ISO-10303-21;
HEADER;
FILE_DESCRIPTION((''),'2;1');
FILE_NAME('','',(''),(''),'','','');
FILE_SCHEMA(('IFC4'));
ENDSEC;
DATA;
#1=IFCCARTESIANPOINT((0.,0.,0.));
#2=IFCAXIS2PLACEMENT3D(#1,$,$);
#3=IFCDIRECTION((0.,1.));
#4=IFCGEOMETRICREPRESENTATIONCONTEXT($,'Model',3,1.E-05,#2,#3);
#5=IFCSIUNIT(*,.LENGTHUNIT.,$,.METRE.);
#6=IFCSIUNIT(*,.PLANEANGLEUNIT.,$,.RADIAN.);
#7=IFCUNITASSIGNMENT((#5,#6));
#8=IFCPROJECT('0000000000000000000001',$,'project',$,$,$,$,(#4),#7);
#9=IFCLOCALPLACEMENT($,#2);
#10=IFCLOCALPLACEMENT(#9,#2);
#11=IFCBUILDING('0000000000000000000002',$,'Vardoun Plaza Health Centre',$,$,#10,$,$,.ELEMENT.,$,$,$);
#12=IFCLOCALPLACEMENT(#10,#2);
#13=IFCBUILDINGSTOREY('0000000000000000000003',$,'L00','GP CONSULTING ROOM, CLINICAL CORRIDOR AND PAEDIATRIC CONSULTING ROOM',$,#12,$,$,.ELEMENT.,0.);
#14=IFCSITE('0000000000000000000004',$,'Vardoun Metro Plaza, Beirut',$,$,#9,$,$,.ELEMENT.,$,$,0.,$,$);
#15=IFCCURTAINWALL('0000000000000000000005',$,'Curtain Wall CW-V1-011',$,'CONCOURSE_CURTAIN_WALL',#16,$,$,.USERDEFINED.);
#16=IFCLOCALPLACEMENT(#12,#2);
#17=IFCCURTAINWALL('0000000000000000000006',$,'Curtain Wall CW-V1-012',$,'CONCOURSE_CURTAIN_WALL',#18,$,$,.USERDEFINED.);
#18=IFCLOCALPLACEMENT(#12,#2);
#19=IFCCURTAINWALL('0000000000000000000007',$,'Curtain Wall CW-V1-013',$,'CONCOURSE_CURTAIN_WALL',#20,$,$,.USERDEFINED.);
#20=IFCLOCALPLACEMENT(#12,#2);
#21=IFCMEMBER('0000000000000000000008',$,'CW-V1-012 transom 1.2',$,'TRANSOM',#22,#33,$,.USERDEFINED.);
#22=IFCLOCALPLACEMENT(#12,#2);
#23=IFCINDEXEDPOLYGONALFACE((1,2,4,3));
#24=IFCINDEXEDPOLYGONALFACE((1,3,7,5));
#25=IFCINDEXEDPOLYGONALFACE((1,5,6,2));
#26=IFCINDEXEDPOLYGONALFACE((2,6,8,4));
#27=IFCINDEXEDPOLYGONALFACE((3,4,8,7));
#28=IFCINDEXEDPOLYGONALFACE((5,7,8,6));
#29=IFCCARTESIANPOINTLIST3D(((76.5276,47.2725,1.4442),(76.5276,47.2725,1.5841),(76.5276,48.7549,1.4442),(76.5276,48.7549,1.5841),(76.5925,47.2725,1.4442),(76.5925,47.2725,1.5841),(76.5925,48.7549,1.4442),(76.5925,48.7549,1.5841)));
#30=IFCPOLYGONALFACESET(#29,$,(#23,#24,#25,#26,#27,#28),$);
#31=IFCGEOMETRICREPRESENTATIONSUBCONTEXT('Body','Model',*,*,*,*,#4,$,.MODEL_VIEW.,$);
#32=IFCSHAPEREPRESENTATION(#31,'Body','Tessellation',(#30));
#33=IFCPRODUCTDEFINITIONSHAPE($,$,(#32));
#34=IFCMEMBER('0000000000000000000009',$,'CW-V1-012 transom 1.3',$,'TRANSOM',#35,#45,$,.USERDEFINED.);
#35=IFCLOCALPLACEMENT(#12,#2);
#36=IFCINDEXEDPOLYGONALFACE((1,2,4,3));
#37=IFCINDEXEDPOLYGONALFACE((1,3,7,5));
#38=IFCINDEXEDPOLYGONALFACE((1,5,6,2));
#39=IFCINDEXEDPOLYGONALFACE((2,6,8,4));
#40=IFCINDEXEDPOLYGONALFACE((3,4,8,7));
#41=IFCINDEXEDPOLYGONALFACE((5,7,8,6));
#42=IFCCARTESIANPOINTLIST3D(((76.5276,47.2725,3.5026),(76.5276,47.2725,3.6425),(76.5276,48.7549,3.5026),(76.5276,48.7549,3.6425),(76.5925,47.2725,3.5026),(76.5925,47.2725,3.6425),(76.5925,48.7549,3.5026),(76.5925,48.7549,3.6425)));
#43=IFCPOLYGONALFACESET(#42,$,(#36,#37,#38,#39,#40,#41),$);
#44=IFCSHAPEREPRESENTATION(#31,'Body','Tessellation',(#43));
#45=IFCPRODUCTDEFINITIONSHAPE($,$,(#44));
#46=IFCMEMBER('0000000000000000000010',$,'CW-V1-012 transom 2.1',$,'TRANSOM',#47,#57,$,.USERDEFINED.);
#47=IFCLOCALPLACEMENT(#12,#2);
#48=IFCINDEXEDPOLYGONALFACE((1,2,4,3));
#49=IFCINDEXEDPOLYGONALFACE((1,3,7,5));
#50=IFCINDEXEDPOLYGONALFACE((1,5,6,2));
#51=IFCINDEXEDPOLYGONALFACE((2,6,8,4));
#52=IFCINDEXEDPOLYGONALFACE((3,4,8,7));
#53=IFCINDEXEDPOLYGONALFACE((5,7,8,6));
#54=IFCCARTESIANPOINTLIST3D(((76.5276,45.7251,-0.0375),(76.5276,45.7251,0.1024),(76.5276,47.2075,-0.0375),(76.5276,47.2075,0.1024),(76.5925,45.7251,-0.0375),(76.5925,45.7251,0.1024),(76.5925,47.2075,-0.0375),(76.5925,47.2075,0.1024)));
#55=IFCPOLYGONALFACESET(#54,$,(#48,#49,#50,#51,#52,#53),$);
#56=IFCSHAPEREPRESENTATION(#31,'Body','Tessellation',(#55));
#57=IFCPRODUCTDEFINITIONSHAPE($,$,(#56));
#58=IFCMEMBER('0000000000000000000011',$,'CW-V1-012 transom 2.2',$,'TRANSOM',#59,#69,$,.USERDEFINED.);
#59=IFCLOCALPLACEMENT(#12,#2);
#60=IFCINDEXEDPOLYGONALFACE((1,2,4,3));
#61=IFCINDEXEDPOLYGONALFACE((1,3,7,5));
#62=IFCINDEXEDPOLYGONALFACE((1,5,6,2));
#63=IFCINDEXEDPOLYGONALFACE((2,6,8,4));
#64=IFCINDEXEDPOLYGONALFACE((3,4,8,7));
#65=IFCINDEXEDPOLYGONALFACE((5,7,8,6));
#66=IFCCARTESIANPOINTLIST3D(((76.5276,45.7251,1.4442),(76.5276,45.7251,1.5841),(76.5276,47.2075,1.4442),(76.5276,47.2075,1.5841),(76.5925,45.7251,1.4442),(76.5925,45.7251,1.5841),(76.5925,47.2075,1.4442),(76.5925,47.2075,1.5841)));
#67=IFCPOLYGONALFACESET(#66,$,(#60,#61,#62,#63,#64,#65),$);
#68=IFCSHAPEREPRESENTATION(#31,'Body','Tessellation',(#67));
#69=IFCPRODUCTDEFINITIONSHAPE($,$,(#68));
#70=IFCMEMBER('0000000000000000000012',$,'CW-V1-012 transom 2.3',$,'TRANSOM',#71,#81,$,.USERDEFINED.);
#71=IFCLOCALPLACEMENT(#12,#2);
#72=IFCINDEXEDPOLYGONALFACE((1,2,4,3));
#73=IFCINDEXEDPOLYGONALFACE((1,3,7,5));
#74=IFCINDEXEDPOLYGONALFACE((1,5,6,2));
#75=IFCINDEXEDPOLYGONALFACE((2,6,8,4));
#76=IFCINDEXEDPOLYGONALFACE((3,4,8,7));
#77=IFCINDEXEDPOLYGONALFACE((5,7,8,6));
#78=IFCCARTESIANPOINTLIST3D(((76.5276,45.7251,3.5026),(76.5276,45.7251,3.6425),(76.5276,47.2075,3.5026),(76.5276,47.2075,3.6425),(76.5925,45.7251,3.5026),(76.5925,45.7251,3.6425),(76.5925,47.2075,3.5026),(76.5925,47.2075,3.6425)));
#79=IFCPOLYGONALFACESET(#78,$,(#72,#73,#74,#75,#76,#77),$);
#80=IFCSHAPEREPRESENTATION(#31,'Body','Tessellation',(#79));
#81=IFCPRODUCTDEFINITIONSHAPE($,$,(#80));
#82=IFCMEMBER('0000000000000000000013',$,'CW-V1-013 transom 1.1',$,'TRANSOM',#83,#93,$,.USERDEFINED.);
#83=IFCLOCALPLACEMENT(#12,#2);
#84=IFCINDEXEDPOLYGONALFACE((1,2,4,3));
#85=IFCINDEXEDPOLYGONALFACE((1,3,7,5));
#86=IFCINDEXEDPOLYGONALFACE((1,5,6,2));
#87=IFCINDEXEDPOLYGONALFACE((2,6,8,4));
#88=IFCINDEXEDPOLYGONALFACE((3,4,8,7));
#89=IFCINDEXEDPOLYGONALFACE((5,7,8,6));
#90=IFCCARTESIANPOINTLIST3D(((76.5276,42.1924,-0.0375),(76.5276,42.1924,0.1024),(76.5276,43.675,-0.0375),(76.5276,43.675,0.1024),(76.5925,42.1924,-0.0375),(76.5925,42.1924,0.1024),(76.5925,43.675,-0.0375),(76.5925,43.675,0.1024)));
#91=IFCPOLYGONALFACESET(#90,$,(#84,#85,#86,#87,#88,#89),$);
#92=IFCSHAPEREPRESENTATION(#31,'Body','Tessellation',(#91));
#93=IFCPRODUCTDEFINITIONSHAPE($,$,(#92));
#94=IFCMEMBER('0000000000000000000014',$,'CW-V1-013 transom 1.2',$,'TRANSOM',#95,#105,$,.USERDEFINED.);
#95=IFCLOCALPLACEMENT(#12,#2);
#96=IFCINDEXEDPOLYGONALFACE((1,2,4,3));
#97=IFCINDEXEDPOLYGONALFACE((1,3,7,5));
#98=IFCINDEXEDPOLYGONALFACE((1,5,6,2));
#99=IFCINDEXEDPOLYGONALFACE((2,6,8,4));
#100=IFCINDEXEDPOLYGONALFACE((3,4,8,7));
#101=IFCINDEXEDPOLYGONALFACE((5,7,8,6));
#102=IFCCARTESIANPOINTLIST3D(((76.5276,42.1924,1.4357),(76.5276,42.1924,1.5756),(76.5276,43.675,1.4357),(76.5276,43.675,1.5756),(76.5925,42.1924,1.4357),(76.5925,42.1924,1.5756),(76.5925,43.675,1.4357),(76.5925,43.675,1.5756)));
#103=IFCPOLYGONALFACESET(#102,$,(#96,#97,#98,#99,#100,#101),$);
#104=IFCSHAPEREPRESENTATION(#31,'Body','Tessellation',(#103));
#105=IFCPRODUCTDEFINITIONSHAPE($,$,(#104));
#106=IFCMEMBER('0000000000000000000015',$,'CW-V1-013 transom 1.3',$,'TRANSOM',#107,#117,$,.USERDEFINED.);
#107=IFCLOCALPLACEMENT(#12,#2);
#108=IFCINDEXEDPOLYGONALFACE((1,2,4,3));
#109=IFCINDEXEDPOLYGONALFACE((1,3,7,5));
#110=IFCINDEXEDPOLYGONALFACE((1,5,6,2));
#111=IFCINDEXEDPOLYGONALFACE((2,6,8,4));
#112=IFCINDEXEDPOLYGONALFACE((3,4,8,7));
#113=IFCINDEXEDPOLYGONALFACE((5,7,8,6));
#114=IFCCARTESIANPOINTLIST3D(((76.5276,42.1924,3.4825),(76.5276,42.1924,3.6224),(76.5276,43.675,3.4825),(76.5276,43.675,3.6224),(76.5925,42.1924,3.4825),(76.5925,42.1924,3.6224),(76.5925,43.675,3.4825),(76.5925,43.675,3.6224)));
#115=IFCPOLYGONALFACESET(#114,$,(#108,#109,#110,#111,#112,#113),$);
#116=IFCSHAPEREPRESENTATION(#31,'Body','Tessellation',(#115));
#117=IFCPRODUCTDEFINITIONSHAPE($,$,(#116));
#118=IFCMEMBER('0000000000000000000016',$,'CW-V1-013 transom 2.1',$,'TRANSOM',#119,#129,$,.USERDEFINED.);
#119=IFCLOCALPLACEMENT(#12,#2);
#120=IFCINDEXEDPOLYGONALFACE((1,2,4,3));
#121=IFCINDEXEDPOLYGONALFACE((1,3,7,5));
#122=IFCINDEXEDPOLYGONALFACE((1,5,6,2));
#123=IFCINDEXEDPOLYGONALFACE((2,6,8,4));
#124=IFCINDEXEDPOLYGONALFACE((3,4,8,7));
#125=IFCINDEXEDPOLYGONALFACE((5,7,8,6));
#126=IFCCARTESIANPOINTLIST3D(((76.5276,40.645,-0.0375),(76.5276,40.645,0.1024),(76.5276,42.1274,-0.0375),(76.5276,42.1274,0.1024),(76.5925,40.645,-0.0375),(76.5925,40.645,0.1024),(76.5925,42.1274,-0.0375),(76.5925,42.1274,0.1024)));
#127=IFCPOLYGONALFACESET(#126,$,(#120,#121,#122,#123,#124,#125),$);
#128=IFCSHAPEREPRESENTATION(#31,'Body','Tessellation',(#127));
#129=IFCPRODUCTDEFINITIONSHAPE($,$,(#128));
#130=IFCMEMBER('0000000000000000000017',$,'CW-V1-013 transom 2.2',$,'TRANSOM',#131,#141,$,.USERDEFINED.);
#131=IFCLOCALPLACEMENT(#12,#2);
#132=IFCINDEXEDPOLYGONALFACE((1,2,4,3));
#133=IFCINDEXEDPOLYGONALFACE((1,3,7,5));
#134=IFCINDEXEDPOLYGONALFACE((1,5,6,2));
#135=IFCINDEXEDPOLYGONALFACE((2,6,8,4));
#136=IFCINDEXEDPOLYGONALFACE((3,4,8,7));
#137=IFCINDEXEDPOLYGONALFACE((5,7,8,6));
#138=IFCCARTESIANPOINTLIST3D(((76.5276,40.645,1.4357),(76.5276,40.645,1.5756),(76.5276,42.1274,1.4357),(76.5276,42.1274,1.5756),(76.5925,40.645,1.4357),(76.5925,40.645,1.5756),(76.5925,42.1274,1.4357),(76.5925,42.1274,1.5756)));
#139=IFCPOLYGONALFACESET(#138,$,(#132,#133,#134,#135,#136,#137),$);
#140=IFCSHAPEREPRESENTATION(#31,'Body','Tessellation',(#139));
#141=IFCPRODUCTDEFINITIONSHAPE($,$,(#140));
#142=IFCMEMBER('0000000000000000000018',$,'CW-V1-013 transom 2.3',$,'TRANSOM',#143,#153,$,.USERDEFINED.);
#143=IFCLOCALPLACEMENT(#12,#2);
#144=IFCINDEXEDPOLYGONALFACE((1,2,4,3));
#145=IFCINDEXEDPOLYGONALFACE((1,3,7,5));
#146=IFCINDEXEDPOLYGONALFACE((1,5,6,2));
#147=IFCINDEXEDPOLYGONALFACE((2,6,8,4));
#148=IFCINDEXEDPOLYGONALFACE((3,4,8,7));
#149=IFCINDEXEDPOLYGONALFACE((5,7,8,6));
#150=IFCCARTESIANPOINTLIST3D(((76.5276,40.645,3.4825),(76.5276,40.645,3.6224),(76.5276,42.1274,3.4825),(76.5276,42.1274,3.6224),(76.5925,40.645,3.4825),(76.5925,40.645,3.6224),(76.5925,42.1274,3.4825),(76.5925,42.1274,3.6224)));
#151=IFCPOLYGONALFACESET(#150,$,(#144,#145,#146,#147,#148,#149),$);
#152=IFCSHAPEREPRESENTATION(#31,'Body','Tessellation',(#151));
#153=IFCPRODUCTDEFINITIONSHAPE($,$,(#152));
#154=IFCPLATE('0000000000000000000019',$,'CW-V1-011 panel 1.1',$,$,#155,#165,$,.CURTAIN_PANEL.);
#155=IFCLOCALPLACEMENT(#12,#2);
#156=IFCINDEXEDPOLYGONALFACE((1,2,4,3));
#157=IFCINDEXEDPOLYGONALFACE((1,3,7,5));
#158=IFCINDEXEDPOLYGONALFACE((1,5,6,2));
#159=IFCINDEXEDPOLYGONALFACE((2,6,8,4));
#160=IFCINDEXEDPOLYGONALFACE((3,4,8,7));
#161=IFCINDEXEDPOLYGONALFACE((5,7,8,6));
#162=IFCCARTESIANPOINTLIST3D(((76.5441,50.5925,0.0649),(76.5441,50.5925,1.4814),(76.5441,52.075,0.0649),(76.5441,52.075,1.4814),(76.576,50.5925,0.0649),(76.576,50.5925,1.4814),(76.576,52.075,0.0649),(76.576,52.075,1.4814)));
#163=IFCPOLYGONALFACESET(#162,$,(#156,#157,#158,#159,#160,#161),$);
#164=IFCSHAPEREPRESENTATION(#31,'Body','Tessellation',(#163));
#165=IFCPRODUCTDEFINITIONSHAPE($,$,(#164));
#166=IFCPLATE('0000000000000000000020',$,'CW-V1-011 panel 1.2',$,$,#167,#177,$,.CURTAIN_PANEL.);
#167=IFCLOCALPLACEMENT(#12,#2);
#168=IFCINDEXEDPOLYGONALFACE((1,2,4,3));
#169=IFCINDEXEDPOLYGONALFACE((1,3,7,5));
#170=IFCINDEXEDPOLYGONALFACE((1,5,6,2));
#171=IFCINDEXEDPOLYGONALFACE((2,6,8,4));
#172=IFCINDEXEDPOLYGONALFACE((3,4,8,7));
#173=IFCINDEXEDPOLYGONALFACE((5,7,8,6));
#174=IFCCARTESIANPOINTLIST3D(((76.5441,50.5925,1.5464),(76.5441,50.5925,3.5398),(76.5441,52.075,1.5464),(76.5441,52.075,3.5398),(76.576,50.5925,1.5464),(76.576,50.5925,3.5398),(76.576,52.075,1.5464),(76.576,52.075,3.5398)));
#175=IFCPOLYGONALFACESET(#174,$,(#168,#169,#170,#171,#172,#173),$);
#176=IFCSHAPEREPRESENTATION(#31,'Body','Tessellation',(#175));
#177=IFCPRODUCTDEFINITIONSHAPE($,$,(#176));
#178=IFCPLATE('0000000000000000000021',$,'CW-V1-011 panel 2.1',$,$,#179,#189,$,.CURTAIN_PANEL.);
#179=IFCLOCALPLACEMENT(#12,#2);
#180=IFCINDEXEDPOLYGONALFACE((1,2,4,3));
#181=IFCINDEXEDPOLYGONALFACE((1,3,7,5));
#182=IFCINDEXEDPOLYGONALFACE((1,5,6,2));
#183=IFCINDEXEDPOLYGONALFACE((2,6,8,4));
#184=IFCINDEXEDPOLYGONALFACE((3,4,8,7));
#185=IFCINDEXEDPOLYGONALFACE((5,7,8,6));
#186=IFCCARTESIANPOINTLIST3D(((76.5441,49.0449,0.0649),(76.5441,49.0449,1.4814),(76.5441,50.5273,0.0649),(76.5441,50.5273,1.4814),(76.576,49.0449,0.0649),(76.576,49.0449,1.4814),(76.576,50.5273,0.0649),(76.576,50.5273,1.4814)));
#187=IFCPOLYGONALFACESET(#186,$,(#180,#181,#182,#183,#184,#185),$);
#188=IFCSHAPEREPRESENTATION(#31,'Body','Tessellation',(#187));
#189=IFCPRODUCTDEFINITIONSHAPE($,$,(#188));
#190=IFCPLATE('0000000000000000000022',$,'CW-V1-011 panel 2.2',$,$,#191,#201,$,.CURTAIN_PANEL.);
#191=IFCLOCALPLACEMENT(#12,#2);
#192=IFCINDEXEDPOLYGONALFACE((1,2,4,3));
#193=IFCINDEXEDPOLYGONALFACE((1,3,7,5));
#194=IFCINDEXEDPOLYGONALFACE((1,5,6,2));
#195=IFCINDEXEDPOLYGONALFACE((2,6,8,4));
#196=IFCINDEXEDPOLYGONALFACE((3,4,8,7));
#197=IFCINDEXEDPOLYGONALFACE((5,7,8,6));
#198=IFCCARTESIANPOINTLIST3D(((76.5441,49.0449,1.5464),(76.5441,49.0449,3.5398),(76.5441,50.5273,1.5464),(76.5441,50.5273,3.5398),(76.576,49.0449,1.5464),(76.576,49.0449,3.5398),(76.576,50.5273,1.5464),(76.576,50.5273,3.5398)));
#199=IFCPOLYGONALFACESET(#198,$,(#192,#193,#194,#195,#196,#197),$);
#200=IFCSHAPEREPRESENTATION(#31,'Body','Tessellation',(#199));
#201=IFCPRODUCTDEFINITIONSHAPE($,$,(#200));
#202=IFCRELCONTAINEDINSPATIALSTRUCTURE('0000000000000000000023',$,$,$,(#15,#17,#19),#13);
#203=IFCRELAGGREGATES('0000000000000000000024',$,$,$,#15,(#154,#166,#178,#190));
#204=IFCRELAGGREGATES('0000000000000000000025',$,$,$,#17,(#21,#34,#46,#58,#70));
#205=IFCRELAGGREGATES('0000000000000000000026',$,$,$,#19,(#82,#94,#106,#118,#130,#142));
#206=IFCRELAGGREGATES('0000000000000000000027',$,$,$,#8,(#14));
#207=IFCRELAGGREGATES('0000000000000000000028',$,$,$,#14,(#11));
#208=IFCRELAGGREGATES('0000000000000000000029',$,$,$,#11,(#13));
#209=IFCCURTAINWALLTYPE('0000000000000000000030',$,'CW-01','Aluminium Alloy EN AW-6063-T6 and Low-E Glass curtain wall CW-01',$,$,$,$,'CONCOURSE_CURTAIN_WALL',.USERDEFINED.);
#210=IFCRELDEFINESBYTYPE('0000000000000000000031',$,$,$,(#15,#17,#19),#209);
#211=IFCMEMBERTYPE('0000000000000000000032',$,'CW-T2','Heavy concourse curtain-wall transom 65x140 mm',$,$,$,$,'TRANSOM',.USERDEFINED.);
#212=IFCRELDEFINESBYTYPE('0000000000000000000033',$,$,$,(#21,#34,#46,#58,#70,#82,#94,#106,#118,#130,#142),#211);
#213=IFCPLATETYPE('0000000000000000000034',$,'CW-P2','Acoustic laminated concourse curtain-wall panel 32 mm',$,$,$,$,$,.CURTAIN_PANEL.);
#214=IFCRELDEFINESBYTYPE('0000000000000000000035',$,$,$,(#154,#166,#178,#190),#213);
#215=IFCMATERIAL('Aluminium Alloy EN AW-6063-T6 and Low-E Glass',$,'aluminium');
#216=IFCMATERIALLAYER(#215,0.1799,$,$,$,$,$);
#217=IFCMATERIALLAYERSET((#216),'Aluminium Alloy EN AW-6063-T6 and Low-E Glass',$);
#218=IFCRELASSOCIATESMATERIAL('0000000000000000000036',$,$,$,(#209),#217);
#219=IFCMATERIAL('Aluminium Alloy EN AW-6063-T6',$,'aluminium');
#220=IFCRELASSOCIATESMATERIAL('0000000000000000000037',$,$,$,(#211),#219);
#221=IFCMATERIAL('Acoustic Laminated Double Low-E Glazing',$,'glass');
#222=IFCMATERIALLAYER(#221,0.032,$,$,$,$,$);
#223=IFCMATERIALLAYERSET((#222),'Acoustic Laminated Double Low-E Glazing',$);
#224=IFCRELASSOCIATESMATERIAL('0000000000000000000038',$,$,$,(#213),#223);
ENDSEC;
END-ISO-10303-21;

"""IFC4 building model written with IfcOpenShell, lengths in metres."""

from ifc_helpers import new_model, si_unit, direction, frame, origin, origin_2d, place, context, subcontext, project, spatial, rectangle, extrude, material, layer, layer_set, material_profile, profile_set, type_object, element, aggregate, save


model = new_model("IFC4")

# Units and contexts
model_context = context("Model", 3, precision=1e-05, world=origin(), true_north=direction((0.0, 1.0)))
body_context = subcontext(model_context, "Body", "Model", "MODEL_VIEW")
ifc_project = project(units=[si_unit("LENGTHUNIT", "METRE"), si_unit("PLANEANGLEUNIT", "RADIAN")], contexts=[model_context])

# Site, building, storey
site_placement = place(None, origin())
site = spatial("IfcSite", under=ifc_project, at=site_placement, Name="Vardoun Metro Plaza, Beirut", CompositionType="ELEMENT", RefElevation=0.0)
building_placement = place(site_placement, origin())
building = spatial("IfcBuilding", under=site, at=building_placement, Name="Vardoun Plaza Health Centre", CompositionType="ELEMENT")
storey_placement = place(building_placement, origin())
storey = spatial("IfcBuildingStorey", under=building, at=storey_placement, Name="L00", Description="GP CONSULTING ROOM, CLINICAL CORRIDOR AND PAEDIATRIC CONSULTING ROOM", CompositionType="ELEMENT", Elevation=0.0)

# Curtain walls
ifc_material_1 = material(Name="Aluminium Alloy EN AW-6063-T6 and Low-E Glass", Category="aluminium")
ifc_layer_1 = layer(ifc_material_1, 0.1799)
ifc_layer_set_1 = layer_set([ifc_layer_1], Name="Aluminium Alloy EN AW-6063-T6 and Low-E Glass")
curtain_wall_type = type_object("IfcCurtainWallType", Name="CW-01", Description="Aluminium Alloy EN AW-6063-T6 and Low-E Glass curtain wall CW-01", ElementType="CONCOURSE_CURTAIN_WALL", PredefinedType="USERDEFINED", material=ifc_layer_set_1)
curtain_wall_1_placement = place(storey_placement, origin())
curtain_wall_1 = element("IfcCurtainWall", 1, at=curtain_wall_1_placement, inside=storey, type_object=curtain_wall_type, Name="Curtain Wall CW-V1-011", ObjectType="CONCOURSE_CURTAIN_WALL", PredefinedType="USERDEFINED")
curtain_wall_2_placement = place(storey_placement, origin())
curtain_wall_2 = element("IfcCurtainWall", 2, at=curtain_wall_2_placement, inside=storey, type_object=curtain_wall_type, Name="Curtain Wall CW-V1-012", ObjectType="CONCOURSE_CURTAIN_WALL", PredefinedType="USERDEFINED")
curtain_wall_3_placement = place(storey_placement, origin())
curtain_wall_3 = element("IfcCurtainWall", 3, at=curtain_wall_3_placement, inside=storey, type_object=curtain_wall_type, Name="Curtain Wall CW-V1-013", ObjectType="CONCOURSE_CURTAIN_WALL", PredefinedType="USERDEFINED")

# Members
ifc_material_2 = material(Name="Aluminium Alloy EN AW-6063-T6", Category="aluminium")
ifc_material_profile_1 = material_profile(ifc_material_2, rectangle(XDim=0.0649, YDim=0.1399, at=origin_2d()), Name="CWT 65x140")
ifc_profile_set_1 = profile_set([ifc_material_profile_1], Name="Aluminium Alloy EN AW-6063-T6")
member_type_1 = type_object("IfcMemberType", Name="CW-T2", Description="Heavy concourse curtain-wall transom 65x140 mm", ElementType="TRANSOM", PredefinedType="USERDEFINED", material=ifc_profile_set_1)
member_1_placement = place(storey_placement, frame((76.5601, 48.7549, 1.5142), z_axis=(0.0, -1.0, 0.0), x_axis=(1.0, 0.0, 0.0)))
member_1 = element("IfcMember", 4, at=member_1_placement, type_object=member_type_1, Name="CW-V1-012 transom 1.2", ObjectType="TRANSOM", PredefinedType="USERDEFINED", context=body_context, shape_type="SweptSolid", body=[
    extrude(rectangle(XDim=0.0649, YDim=0.1399, at=origin_2d()), origin(), (0.0, 0.0, 1.0), 1.4824),
])
member_2_placement = place(storey_placement, frame((76.5601, 48.7549, 3.5725), z_axis=(0.0, -1.0, 0.0), x_axis=(1.0, 0.0, 0.0)))
member_2 = element("IfcMember", 5, at=member_2_placement, type_object=member_type_1, Name="CW-V1-012 transom 1.3", ObjectType="TRANSOM", PredefinedType="USERDEFINED", context=body_context, shape_type="SweptSolid", body=[
    extrude(rectangle(XDim=0.0649, YDim=0.1399, at=origin_2d()), origin(), (0.0, 0.0, 1.0), 1.4824),
])
member_3_placement = place(storey_placement, frame((76.5601, 47.2075, 0.0325), z_axis=(0.0, -1.0, 0.0), x_axis=(1.0, 0.0, 0.0)))
member_3 = element("IfcMember", 6, at=member_3_placement, type_object=member_type_1, Name="CW-V1-012 transom 2.1", ObjectType="TRANSOM", PredefinedType="USERDEFINED", context=body_context, shape_type="SweptSolid", body=[
    extrude(rectangle(XDim=0.0649, YDim=0.1399, at=origin_2d()), origin(), (0.0, 0.0, 1.0), 1.4824),
])
member_4_placement = place(storey_placement, frame((76.5601, 47.2075, 1.5142), z_axis=(0.0, -1.0, 0.0), x_axis=(1.0, 0.0, 0.0)))
member_4 = element("IfcMember", 7, at=member_4_placement, type_object=member_type_1, Name="CW-V1-012 transom 2.2", ObjectType="TRANSOM", PredefinedType="USERDEFINED", context=body_context, shape_type="SweptSolid", body=[
    extrude(rectangle(XDim=0.0649, YDim=0.1399, at=origin_2d()), origin(), (0.0, 0.0, 1.0), 1.4824),
])
member_5_placement = place(storey_placement, frame((76.5601, 47.2075, 3.5725), z_axis=(0.0, -1.0, 0.0), x_axis=(1.0, 0.0, 0.0)))
member_5 = element("IfcMember", 8, at=member_5_placement, type_object=member_type_1, Name="CW-V1-012 transom 2.3", ObjectType="TRANSOM", PredefinedType="USERDEFINED", context=body_context, shape_type="SweptSolid", body=[
    extrude(rectangle(XDim=0.0649, YDim=0.1399, at=origin_2d()), origin(), (0.0, 0.0, 1.0), 1.4824),
])
member_6_placement = place(storey_placement, frame((76.5601, 43.675, 0.0325), z_axis=(0.0, -1.0, 0.0), x_axis=(1.0, 0.0, 0.0)))
member_6 = element("IfcMember", 9, at=member_6_placement, type_object=member_type_1, Name="CW-V1-013 transom 1.1", ObjectType="TRANSOM", PredefinedType="USERDEFINED", context=body_context, shape_type="SweptSolid", body=[
    extrude(rectangle(XDim=0.0649, YDim=0.1399, at=origin_2d()), origin(), (0.0, 0.0, 1.0), 1.4827),
])
member_7_placement = place(storey_placement, frame((76.5601, 43.675, 1.5056), z_axis=(0.0, -1.0, 0.0), x_axis=(1.0, 0.0, 0.0)))
member_7 = element("IfcMember", 10, at=member_7_placement, type_object=member_type_1, Name="CW-V1-013 transom 1.2", ObjectType="TRANSOM", PredefinedType="USERDEFINED", context=body_context, shape_type="SweptSolid", body=[
    extrude(rectangle(XDim=0.0649, YDim=0.1399, at=origin_2d()), origin(), (0.0, 0.0, 1.0), 1.4827),
])
member_8_placement = place(storey_placement, frame((76.5601, 43.675, 3.5525), z_axis=(0.0, -1.0, 0.0), x_axis=(1.0, 0.0, 0.0)))
member_8 = element("IfcMember", 11, at=member_8_placement, type_object=member_type_1, Name="CW-V1-013 transom 1.3", ObjectType="TRANSOM", PredefinedType="USERDEFINED", context=body_context, shape_type="SweptSolid", body=[
    extrude(rectangle(XDim=0.0649, YDim=0.1399, at=origin_2d()), origin(), (0.0, 0.0, 1.0), 1.4827),
])
member_9_placement = place(storey_placement, frame((76.5601, 42.1274, 0.0325), z_axis=(0.0, -1.0, 0.0), x_axis=(1.0, 0.0, 0.0)))
member_9 = element("IfcMember", 12, at=member_9_placement, type_object=member_type_1, Name="CW-V1-013 transom 2.1", ObjectType="TRANSOM", PredefinedType="USERDEFINED", context=body_context, shape_type="SweptSolid", body=[
    extrude(rectangle(XDim=0.0649, YDim=0.1399, at=origin_2d()), origin(), (0.0, 0.0, 1.0), 1.4824),
])
member_10_placement = place(storey_placement, frame((76.5601, 42.1274, 1.5056), z_axis=(0.0, -1.0, 0.0), x_axis=(1.0, 0.0, 0.0)))
member_10 = element("IfcMember", 13, at=member_10_placement, type_object=member_type_1, Name="CW-V1-013 transom 2.2", ObjectType="TRANSOM", PredefinedType="USERDEFINED", context=body_context, shape_type="SweptSolid", body=[
    extrude(rectangle(XDim=0.0649, YDim=0.1399, at=origin_2d()), origin(), (0.0, 0.0, 1.0), 1.4824),
])
member_11_placement = place(storey_placement, frame((76.5601, 42.1274, 3.5525), z_axis=(0.0, -1.0, 0.0), x_axis=(1.0, 0.0, 0.0)))
member_11 = element("IfcMember", 14, at=member_11_placement, type_object=member_type_1, Name="CW-V1-013 transom 2.3", ObjectType="TRANSOM", PredefinedType="USERDEFINED", context=body_context, shape_type="SweptSolid", body=[
    extrude(rectangle(XDim=0.0649, YDim=0.1399, at=origin_2d()), origin(), (0.0, 0.0, 1.0), 1.4824),
])

# Plates
ifc_material_3 = material(Name="Acoustic Laminated Double Low-E Glazing", Category="glass")
ifc_layer_2 = layer(ifc_material_3, 0.032)
ifc_layer_set_2 = layer_set([ifc_layer_2], Name="Acoustic Laminated Double Low-E Glazing")
plate_type = type_object("IfcPlateType", Name="CW-P2", Description="Acoustic laminated concourse curtain-wall panel 32 mm", PredefinedType="CURTAIN_PANEL", material=ifc_layer_set_2)
plate_1_placement = place(storey_placement, frame((76.5601, 51.3337, 0.0649), z_axis=(0.0, 0.0, 1.0), x_axis=(0.0, -1.0, 0.0)))
plate_1 = element("IfcPlate", 15, at=plate_1_placement, type_object=plate_type, Name="CW-V1-011 panel 1.1", PredefinedType="CURTAIN_PANEL", context=body_context, shape_type="SweptSolid", body=[
    extrude(rectangle(XDim=1.4824, YDim=0.032, at=origin_2d()), origin(), (0.0, 0.0, 1.0), 1.4165),
])
plate_2_placement = place(storey_placement, frame((76.5601, 51.3337, 1.5464), z_axis=(0.0, 0.0, 1.0), x_axis=(0.0, -1.0, 0.0)))
plate_2 = element("IfcPlate", 16, at=plate_2_placement, type_object=plate_type, Name="CW-V1-011 panel 1.2", PredefinedType="CURTAIN_PANEL", context=body_context, shape_type="SweptSolid", body=[
    extrude(rectangle(XDim=1.4824, YDim=0.032, at=origin_2d()), origin(), (0.0, 0.0, 1.0), 1.9934),
])
plate_3_placement = place(storey_placement, frame((76.5601, 49.7861, 0.0649), z_axis=(0.0, 0.0, 1.0), x_axis=(0.0, -1.0, 0.0)))
plate_3 = element("IfcPlate", 17, at=plate_3_placement, type_object=plate_type, Name="CW-V1-011 panel 2.1", PredefinedType="CURTAIN_PANEL", context=body_context, shape_type="SweptSolid", body=[
    extrude(rectangle(XDim=1.4824, YDim=0.032, at=origin_2d()), origin(), (0.0, 0.0, 1.0), 1.4165),
])
plate_4_placement = place(storey_placement, frame((76.5601, 49.7861, 1.5464), z_axis=(0.0, 0.0, 1.0), x_axis=(0.0, -1.0, 0.0)))
plate_4 = element("IfcPlate", 18, at=plate_4_placement, type_object=plate_type, Name="CW-V1-011 panel 2.2", PredefinedType="CURTAIN_PANEL", context=body_context, shape_type="SweptSolid", body=[
    extrude(rectangle(XDim=1.4824, YDim=0.032, at=origin_2d()), origin(), (0.0, 0.0, 1.0), 1.9934),
])
aggregate(curtain_wall_1, [plate_1, plate_2, plate_3, plate_4])
aggregate(curtain_wall_2, [member_1, member_2, member_3, member_4, member_5])
aggregate(curtain_wall_3, [member_6, member_7, member_8, member_9, member_10, member_11])

save(model, "model.ifc")
